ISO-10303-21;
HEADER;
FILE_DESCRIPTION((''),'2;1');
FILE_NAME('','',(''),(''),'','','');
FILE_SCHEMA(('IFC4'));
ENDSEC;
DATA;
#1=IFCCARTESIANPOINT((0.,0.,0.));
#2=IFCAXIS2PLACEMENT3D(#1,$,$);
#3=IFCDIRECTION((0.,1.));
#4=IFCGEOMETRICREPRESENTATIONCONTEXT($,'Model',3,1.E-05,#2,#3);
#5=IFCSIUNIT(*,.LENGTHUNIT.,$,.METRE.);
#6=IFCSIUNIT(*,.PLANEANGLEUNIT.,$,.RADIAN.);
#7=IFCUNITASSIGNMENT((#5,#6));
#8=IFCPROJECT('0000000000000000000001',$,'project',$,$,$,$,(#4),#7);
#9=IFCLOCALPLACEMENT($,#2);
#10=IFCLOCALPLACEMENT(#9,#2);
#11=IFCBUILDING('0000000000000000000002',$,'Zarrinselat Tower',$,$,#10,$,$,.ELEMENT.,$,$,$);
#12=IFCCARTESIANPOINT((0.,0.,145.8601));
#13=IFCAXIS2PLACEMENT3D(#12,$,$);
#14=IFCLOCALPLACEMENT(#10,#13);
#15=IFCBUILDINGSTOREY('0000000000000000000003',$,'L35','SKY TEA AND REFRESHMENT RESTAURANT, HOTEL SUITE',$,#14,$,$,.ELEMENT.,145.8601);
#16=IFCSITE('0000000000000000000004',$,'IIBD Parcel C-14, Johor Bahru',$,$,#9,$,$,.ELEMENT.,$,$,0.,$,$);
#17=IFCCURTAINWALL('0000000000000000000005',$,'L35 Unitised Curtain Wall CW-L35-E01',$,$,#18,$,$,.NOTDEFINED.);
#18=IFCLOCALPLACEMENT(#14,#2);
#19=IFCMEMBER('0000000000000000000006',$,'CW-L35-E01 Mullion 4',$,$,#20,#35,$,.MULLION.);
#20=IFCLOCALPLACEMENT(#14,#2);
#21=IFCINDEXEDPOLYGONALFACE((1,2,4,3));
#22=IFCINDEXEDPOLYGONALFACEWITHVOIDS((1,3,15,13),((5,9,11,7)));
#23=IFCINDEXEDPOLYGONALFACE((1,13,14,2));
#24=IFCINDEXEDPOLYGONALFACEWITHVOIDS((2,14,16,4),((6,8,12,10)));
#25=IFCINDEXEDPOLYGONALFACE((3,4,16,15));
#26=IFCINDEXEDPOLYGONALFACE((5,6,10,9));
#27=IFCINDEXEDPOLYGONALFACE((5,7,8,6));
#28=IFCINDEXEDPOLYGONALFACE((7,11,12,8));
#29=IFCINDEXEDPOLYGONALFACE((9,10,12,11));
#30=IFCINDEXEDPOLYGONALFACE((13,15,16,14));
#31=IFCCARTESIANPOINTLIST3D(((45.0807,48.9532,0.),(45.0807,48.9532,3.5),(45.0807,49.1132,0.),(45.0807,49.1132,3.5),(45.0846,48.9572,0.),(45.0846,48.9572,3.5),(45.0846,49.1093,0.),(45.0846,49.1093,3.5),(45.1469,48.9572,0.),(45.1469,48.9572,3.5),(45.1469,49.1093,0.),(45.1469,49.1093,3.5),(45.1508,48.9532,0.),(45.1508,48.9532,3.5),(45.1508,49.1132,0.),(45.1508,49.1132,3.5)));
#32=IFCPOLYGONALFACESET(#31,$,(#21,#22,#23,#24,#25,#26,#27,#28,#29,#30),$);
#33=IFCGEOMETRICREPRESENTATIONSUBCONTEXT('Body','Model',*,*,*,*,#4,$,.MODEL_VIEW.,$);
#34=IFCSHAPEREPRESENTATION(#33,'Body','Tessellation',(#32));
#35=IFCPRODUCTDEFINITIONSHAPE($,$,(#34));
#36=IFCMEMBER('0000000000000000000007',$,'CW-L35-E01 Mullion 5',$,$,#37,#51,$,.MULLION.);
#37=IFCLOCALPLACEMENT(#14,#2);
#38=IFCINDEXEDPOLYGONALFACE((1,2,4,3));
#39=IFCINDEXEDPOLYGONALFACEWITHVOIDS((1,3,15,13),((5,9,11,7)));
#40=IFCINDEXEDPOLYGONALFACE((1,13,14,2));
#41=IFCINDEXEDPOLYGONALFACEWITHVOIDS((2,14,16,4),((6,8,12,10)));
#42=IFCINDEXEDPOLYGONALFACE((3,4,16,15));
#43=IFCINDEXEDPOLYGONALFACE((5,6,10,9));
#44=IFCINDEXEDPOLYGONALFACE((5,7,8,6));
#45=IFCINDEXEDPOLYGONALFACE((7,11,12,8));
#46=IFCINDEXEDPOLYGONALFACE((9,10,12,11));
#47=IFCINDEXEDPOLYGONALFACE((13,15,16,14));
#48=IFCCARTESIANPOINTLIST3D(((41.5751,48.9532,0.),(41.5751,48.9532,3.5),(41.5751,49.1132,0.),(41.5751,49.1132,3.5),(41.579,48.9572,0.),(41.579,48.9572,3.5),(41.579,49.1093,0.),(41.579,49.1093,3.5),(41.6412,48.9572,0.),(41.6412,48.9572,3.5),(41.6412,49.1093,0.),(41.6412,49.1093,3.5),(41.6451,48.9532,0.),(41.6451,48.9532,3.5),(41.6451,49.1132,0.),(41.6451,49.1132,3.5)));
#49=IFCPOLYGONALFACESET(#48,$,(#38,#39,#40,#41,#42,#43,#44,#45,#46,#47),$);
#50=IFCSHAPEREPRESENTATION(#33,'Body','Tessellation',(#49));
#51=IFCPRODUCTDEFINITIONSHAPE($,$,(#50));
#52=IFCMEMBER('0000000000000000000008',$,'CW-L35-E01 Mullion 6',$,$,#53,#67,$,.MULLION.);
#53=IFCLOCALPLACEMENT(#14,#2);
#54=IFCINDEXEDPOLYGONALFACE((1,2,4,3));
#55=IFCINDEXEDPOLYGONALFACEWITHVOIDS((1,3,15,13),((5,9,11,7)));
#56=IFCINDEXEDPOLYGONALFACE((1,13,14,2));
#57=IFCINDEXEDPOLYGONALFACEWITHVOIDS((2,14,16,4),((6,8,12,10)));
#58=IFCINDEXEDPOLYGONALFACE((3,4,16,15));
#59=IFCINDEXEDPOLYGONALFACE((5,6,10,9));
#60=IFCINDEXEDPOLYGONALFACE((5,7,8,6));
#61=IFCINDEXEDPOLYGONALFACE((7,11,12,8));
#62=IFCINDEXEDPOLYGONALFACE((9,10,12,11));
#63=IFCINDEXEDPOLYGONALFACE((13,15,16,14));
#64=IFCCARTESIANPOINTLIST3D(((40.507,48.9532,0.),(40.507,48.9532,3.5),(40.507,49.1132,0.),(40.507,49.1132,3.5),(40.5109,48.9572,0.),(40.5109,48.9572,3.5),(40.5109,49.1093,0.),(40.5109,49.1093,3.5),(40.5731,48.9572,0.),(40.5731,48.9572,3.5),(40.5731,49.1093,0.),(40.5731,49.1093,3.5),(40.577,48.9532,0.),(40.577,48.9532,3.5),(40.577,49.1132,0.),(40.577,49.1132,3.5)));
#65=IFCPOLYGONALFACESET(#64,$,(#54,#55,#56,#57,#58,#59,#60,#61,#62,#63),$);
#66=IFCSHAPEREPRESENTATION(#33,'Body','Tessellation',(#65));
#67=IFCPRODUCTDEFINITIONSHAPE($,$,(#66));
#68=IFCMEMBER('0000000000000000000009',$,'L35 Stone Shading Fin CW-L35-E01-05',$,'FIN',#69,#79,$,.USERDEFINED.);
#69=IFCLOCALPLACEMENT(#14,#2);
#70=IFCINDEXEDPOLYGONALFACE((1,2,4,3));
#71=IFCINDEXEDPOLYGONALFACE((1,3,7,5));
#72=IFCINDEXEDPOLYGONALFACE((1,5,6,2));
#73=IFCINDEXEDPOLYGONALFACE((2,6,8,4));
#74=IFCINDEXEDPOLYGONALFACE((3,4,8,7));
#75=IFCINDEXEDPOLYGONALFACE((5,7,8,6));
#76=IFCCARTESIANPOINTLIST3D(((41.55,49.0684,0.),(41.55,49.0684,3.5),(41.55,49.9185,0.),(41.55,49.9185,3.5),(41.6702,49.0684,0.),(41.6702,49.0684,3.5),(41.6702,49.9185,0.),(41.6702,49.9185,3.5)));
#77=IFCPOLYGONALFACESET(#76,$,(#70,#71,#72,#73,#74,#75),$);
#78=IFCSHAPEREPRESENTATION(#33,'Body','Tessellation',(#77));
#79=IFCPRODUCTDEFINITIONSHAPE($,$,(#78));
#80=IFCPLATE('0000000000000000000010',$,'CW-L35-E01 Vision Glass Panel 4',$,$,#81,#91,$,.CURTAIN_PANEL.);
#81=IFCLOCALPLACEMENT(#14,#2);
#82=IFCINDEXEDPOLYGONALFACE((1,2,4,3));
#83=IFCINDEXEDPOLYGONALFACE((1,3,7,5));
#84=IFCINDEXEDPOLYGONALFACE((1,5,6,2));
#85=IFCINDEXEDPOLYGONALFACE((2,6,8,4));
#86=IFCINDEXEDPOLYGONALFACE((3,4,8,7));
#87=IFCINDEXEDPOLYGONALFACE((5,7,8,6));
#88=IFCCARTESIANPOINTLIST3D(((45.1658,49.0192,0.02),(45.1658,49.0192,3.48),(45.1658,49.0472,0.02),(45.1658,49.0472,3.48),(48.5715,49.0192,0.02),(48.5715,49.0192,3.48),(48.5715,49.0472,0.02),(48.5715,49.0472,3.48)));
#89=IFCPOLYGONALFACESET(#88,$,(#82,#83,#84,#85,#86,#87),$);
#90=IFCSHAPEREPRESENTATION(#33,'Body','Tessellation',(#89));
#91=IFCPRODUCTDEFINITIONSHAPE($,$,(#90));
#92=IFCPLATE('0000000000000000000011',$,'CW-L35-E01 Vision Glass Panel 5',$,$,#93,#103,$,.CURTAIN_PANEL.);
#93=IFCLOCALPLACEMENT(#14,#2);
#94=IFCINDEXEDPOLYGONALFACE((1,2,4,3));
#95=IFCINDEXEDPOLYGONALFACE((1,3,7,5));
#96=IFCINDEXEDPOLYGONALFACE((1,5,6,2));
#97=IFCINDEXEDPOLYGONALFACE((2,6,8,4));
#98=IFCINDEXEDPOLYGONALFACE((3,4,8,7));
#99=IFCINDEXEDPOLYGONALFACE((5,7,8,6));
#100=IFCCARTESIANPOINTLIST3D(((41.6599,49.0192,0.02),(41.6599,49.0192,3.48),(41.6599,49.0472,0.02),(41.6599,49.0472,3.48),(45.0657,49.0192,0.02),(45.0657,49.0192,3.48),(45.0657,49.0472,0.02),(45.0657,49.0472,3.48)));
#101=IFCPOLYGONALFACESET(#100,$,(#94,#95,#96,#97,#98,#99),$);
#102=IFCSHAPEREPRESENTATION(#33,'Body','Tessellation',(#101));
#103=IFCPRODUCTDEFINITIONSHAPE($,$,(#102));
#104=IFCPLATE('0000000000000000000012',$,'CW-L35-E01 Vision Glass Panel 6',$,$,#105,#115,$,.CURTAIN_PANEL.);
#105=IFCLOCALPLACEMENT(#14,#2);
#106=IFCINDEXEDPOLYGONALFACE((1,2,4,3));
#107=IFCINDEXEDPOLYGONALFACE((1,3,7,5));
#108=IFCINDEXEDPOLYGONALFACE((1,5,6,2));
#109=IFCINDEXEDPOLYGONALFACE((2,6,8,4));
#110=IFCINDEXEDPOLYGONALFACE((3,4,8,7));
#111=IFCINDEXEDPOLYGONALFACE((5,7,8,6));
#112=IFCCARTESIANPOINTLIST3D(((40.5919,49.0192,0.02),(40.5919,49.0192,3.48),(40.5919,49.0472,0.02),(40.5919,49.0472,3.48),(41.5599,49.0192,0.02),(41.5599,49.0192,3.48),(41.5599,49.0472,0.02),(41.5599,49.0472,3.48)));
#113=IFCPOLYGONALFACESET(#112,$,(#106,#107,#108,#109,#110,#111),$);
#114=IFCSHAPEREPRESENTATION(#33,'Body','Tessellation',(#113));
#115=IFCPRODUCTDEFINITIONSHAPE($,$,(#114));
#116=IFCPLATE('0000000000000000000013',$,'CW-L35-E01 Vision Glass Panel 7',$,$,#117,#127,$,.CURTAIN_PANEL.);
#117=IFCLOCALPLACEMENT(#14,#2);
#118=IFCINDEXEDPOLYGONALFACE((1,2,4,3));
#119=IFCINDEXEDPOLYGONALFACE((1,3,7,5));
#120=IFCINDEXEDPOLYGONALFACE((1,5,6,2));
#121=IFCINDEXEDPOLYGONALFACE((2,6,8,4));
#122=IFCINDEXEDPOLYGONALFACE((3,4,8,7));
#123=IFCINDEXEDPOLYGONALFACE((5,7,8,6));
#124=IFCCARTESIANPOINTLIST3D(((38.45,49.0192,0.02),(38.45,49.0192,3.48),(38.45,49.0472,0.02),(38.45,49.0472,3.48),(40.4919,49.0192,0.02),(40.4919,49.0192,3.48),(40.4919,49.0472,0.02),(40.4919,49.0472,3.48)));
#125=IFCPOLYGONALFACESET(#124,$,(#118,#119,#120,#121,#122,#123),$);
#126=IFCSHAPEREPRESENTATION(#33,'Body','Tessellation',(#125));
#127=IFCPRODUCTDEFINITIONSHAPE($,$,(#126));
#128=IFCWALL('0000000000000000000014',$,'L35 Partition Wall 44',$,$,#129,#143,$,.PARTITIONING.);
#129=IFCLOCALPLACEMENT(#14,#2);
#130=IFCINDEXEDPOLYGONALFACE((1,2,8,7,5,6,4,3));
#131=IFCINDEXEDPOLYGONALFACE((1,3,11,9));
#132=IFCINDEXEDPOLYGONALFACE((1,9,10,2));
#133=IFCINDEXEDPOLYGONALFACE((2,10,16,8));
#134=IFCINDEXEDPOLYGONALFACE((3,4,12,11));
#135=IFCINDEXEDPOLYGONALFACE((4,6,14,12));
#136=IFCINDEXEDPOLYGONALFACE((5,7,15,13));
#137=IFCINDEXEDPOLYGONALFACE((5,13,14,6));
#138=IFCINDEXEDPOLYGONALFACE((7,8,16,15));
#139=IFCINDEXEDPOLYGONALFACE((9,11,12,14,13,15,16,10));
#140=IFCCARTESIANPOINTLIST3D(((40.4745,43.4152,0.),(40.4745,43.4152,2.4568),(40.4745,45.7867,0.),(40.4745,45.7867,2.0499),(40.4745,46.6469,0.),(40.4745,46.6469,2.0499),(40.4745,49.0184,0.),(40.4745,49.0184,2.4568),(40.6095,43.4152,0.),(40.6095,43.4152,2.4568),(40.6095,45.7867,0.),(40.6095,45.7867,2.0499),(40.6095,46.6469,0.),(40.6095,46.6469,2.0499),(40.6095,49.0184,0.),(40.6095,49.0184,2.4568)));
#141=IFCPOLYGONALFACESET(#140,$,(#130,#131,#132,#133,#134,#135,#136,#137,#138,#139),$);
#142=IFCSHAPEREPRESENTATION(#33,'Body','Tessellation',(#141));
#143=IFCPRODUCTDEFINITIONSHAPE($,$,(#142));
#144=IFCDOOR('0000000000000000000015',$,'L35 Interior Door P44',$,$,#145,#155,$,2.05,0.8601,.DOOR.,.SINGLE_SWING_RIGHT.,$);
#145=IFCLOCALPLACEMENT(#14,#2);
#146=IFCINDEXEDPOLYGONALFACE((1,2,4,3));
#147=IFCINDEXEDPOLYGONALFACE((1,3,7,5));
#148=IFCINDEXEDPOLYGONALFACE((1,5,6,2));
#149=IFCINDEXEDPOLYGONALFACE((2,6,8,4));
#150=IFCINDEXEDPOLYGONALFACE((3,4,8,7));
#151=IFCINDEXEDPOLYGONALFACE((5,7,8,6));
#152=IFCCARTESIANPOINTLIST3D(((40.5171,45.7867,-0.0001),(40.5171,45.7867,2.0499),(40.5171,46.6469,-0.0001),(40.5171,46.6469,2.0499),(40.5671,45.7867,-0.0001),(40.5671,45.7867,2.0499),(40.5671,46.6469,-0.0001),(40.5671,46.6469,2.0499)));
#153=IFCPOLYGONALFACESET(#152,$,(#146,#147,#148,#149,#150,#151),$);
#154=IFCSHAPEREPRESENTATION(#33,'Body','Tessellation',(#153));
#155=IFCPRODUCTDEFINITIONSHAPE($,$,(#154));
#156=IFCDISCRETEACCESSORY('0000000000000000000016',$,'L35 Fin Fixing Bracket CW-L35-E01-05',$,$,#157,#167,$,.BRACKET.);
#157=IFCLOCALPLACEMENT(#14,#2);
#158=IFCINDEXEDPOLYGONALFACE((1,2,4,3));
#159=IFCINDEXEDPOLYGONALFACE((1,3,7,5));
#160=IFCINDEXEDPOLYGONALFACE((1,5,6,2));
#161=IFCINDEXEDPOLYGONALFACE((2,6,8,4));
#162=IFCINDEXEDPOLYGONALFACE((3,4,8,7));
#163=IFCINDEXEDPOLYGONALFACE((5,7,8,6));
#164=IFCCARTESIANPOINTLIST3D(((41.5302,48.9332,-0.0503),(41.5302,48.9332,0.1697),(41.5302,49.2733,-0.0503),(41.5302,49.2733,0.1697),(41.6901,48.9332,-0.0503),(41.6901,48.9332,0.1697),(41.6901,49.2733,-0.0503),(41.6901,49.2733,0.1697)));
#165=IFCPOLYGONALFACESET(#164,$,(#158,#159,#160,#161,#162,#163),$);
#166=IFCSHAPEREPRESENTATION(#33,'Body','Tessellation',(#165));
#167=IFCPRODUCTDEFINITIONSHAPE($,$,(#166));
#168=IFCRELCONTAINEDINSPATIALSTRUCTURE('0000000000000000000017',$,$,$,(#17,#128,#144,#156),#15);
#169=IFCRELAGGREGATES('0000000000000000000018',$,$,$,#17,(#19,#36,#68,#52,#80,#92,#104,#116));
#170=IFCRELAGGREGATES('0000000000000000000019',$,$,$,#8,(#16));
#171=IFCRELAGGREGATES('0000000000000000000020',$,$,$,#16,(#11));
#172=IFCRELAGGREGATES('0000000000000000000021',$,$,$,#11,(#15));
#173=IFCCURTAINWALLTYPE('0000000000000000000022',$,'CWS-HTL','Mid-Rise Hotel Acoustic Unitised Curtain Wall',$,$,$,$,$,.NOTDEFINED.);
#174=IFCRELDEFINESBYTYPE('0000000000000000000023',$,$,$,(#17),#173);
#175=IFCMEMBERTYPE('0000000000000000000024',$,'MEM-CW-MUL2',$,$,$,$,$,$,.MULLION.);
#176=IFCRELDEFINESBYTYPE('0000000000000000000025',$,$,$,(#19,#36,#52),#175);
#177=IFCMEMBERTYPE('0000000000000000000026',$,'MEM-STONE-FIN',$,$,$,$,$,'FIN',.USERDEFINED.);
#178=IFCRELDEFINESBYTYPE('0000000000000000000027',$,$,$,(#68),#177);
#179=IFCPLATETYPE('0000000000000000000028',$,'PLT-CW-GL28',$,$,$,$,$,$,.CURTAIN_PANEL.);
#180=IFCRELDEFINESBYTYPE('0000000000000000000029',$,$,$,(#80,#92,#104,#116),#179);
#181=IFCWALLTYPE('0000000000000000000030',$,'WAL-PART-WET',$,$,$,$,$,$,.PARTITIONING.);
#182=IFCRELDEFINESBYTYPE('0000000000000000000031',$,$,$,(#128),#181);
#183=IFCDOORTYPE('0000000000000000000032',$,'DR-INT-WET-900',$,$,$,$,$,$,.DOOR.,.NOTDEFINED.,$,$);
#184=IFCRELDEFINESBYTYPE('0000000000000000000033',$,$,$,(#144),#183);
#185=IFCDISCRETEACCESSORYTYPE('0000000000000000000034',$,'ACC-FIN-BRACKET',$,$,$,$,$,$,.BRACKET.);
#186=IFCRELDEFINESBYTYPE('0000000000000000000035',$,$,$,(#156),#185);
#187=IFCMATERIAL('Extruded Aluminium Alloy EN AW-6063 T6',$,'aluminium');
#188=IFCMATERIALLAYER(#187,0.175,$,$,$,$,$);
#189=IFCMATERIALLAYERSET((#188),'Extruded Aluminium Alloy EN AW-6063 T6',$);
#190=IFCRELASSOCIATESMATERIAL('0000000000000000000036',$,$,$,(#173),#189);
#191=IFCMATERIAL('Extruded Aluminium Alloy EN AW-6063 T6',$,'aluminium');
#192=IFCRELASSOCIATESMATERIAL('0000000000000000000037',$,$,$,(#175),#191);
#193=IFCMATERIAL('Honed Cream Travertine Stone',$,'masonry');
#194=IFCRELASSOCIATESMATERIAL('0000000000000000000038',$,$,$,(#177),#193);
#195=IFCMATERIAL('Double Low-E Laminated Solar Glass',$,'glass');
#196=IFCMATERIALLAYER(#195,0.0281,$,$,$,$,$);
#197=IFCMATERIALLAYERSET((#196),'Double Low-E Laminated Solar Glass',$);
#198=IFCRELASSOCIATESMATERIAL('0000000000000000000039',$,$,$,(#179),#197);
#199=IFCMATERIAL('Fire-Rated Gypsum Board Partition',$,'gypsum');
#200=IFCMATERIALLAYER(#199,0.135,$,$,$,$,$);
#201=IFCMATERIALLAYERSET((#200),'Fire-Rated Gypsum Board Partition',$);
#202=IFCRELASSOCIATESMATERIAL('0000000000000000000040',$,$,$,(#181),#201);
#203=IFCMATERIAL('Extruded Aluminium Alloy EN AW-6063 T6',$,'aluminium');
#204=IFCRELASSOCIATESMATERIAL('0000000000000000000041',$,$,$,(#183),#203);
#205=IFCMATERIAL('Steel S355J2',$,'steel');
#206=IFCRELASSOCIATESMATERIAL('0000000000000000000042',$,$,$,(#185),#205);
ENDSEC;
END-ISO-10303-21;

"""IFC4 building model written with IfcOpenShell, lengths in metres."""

from ifc_helpers import new_model, si_unit, direction, frame, frame_2d, origin, origin_2d, place, context, subcontext, project, spatial, rectangle, hollow_rectangle, extrude, material, layer, layer_set, material_profile, profile_set, type_object, element, fill, aggregate, save


model = new_model("IFC4")

# Units and contexts
model_context = context("Model", 3, precision=1e-05, world=origin(), true_north=direction((0.0, 1.0)))
body_context = subcontext(model_context, "Body", "Model", "MODEL_VIEW")
ifc_project = project(units=[si_unit("LENGTHUNIT", "METRE"), si_unit("PLANEANGLEUNIT", "RADIAN")], contexts=[model_context])

# Site, building, storey
site_placement = place(None, origin())
site = spatial("IfcSite", under=ifc_project, at=site_placement, Name="IIBD Parcel C-14, Johor Bahru", CompositionType="ELEMENT", RefElevation=0.0)
building_placement = place(site_placement, origin())
building = spatial("IfcBuilding", under=site, at=building_placement, Name="Zarrinselat Tower", CompositionType="ELEMENT")
storey_placement = place(building_placement, frame((0.0, 0.0, 145.8601)))
storey = spatial("IfcBuildingStorey", under=building, at=storey_placement, Name="L35", Description="SKY TEA AND REFRESHMENT RESTAURANT, HOTEL SUITE", CompositionType="ELEMENT", Elevation=145.8601)

# Curtain wall, members, plates
ifc_material_1 = material(Name="Extruded Aluminium Alloy EN AW-6063 T6", Category="aluminium")
ifc_layer_1 = layer(ifc_material_1, 0.175)
ifc_layer_set_1 = layer_set([ifc_layer_1], Name="Extruded Aluminium Alloy EN AW-6063 T6")
curtain_wall_type = type_object("IfcCurtainWallType", Name="CWS-HTL", Description="Mid-Rise Hotel Acoustic Unitised Curtain Wall", PredefinedType="NOTDEFINED", material=ifc_layer_set_1)
curtain_wall_placement = place(storey_placement, origin())
curtain_wall = element("IfcCurtainWall", 1, at=curtain_wall_placement, inside=storey, type_object=curtain_wall_type, Name="L35 Unitised Curtain Wall CW-L35-E01", PredefinedType="NOTDEFINED")
ifc_material_2 = material(Name="Extruded Aluminium Alloy EN AW-6063 T6", Category="aluminium")
ifc_material_profile_1 = material_profile(ifc_material_2, hollow_rectangle(XDim=0.0701, YDim=0.1599, WallThickness=0.0039, at=origin_2d()), Name="RHS 160x70x4")
ifc_profile_set_1 = profile_set([ifc_material_profile_1], Name="Extruded Aluminium Alloy EN AW-6063 T6")
member_type_1 = type_object("IfcMemberType", Name="MEM-CW-MUL2", PredefinedType="MULLION", material=ifc_profile_set_1)
member_1_placement = place(storey_placement, frame((45.1157, 49.0332, 0.0), z_axis=(0.0, 0.0, 1.0), x_axis=(-1.0, 0.0, 0.0)))
member_1 = element("IfcMember", 2, at=member_1_placement, type_object=member_type_1, Name="CW-L35-E01 Mullion 4", PredefinedType="MULLION", context=body_context, shape_type="SweptSolid", body=[
    extrude(hollow_rectangle(XDim=0.0701, YDim=0.1599, WallThickness=0.0039, at=origin_2d()), origin(), (0.0, 0.0, 1.0), 3.5),
])
member_2_placement = place(storey_placement, frame((41.6101, 49.0332, 0.0), z_axis=(0.0, 0.0, 1.0), x_axis=(-1.0, 0.0, 0.0)))
member_2 = element("IfcMember", 3, at=member_2_placement, type_object=member_type_1, Name="CW-L35-E01 Mullion 5", PredefinedType="MULLION", context=body_context, shape_type="SweptSolid", body=[
    extrude(hollow_rectangle(XDim=0.0701, YDim=0.1599, WallThickness=0.0039, at=origin_2d()), origin(), (0.0, 0.0, 1.0), 3.5),
])
member_3_placement = place(storey_placement, frame((40.542, 49.0332, 0.0), z_axis=(0.0, 0.0, 1.0), x_axis=(-1.0, 0.0, 0.0)))
member_3 = element("IfcMember", 4, at=member_3_placement, type_object=member_type_1, Name="CW-L35-E01 Mullion 6", PredefinedType="MULLION", context=body_context, shape_type="SweptSolid", body=[
    extrude(hollow_rectangle(XDim=0.0701, YDim=0.1599, WallThickness=0.0039, at=origin_2d()), origin(), (0.0, 0.0, 1.0), 3.5),
])
ifc_material_3 = material(Name="Honed Cream Travertine Stone", Category="masonry")
ifc_material_profile_2 = material_profile(ifc_material_3, rectangle(XDim=0.1201, YDim=0.8501, at=origin_2d()), Name="FIN 850x120")
ifc_profile_set_2 = profile_set([ifc_material_profile_2], Name="Honed Cream Travertine Stone")
member_type_2 = type_object("IfcMemberType", Name="MEM-STONE-FIN", ElementType="FIN", PredefinedType="USERDEFINED", material=ifc_profile_set_2)
member_4_placement = place(storey_placement, frame((41.6101, 49.4934, 0.0), z_axis=(0.0, 0.0, 1.0), x_axis=(1.0, 0.0, 0.0)))
member_4 = element("IfcMember", 5, at=member_4_placement, type_object=member_type_2, Name="L35 Stone Shading Fin CW-L35-E01-05", ObjectType="FIN", PredefinedType="USERDEFINED", context=body_context, shape_type="SweptSolid", body=[
    extrude(rectangle(XDim=0.1201, YDim=0.8501, at=origin_2d()), origin(), (0.0, 0.0, 1.0), 3.5),
])
ifc_material_4 = material(Name="Double Low-E Laminated Solar Glass", Category="glass")
ifc_layer_2 = layer(ifc_material_4, 0.0281)
ifc_layer_set_2 = layer_set([ifc_layer_2], Name="Double Low-E Laminated Solar Glass")
plate_type = type_object("IfcPlateType", Name="PLT-CW-GL28", PredefinedType="CURTAIN_PANEL", material=ifc_layer_set_2)
plate_1_placement = place(storey_placement, frame((46.8687, 49.0332, 0.02), z_axis=(0.0, 0.0, 1.0), x_axis=(-1.0, 0.0, 0.0)))
plate_1 = element("IfcPlate", 6, at=plate_1_placement, type_object=plate_type, Name="CW-L35-E01 Vision Glass Panel 4", PredefinedType="CURTAIN_PANEL", context=body_context, shape_type="SweptSolid", body=[
    extrude(rectangle(XDim=3.4058, YDim=0.0281, at=origin_2d()), origin(), (0.0, 0.0, 1.0), 3.46),
])
plate_2_placement = place(storey_placement, frame((43.3628, 49.0332, 0.02), z_axis=(0.0, 0.0, 1.0), x_axis=(-1.0, 0.0, 0.0)))
plate_2 = element("IfcPlate", 7, at=plate_2_placement, type_object=plate_type, Name="CW-L35-E01 Vision Glass Panel 5", PredefinedType="CURTAIN_PANEL", context=body_context, shape_type="SweptSolid", body=[
    extrude(rectangle(XDim=3.4058, YDim=0.0281, at=origin_2d()), origin(), (0.0, 0.0, 1.0), 3.46),
])
plate_3_placement = place(storey_placement, frame((41.0759, 49.0332, 0.02), z_axis=(0.0, 0.0, 1.0), x_axis=(-1.0, 0.0, 0.0)))
plate_3 = element("IfcPlate", 8, at=plate_3_placement, type_object=plate_type, Name="CW-L35-E01 Vision Glass Panel 6", PredefinedType="CURTAIN_PANEL", context=body_context, shape_type="SweptSolid", body=[
    extrude(rectangle(XDim=0.968, YDim=0.0281, at=origin_2d()), origin(), (0.0, 0.0, 1.0), 3.46),
])
plate_4_placement = place(storey_placement, frame((39.4709, 49.0332, 0.02), z_axis=(0.0, 0.0, 1.0), x_axis=(-1.0, 0.0, 0.0)))
plate_4 = element("IfcPlate", 9, at=plate_4_placement, type_object=plate_type, Name="CW-L35-E01 Vision Glass Panel 7", PredefinedType="CURTAIN_PANEL", context=body_context, shape_type="SweptSolid", body=[
    extrude(rectangle(XDim=2.042, YDim=0.0281, at=origin_2d()), origin(), (0.0, 0.0, 1.0), 3.46),
])
aggregate(curtain_wall, [member_1, member_2, member_4, member_3, plate_1, plate_2, plate_3, plate_4])

# Wall, opening, door
ifc_material_5 = material(Name="Fire-Rated Gypsum Board Partition", Category="gypsum")
ifc_layer_3 = layer(ifc_material_5, 0.135)
ifc_layer_set_3 = layer_set([ifc_layer_3], Name="Fire-Rated Gypsum Board Partition")
wall_type = type_object("IfcWallType", Name="WAL-PART-WET", PredefinedType="PARTITIONING", material=ifc_layer_set_3)
wall_placement = place(storey_placement, frame((40.542, 43.415, 0.0), z_axis=(0.0, 0.0, 1.0), x_axis=(0.0, 1.0, 0.0)))
wall = element("IfcWall", 10, at=wall_placement, inside=storey, type_object=wall_type, Name="L35 Partition Wall 44", PredefinedType="PARTITIONING", context=body_context, shape_type="SweptSolid", body=[
    extrude(rectangle(XDim=5.6033, YDim=0.135, at=frame_2d((2.8018, 0.0))), origin(), (0.0, 0.0, 1.0), 2.4568),
])
opening_placement = place(wall_placement, frame((2.3716, 0.0, 0.0)))
opening = element("IfcOpeningElement", 11, at=opening_placement, cuts=wall, PredefinedType="OPENING", context=body_context, shape_type="SweptSolid", body=[
    extrude(rectangle(XDim=0.8601, YDim=2.05, at=frame_2d((0.4302, 1.0249))), frame((0.0, 0.0774, 0.0), z_axis=(0.0, -1.0, 0.0), x_axis=(1.0, 0.0, 0.0)), (0.0, 0.0, 1.0), 0.155),
])
ifc_material_6 = material(Name="Extruded Aluminium Alloy EN AW-6063 T6", Category="aluminium")
door_type = type_object("IfcDoorType", Name="DR-INT-WET-900", OperationType="NOTDEFINED", PredefinedType="DOOR", material=ifc_material_6)
door_placement = place(opening_placement, origin())
door = element("IfcDoor", 12, at=door_placement, inside=storey, type_object=door_type, Name="L35 Interior Door P44", OperationType="SINGLE_SWING_RIGHT", OverallHeight=2.05, OverallWidth=0.8601, PredefinedType="DOOR", context=body_context, shape_type="SweptSolid", body=[
    extrude(rectangle(XDim=0.8601, YDim=2.05, at=frame_2d((0.4302, 1.0249))), frame((0.0, 0.0249, 0.0), z_axis=(0.0, -1.0, 0.0), x_axis=(1.0, 0.0, 0.0)), (0.0, 0.0, 1.0), 0.05),
])
fill(opening, door)

# Discrete accessory
ifc_material_7 = material(Name="Steel S355J2", Category="steel")
discrete_accessory_type = type_object("IfcDiscreteAccessoryType", Name="ACC-FIN-BRACKET", PredefinedType="BRACKET", material=ifc_material_7)
discrete_accessory_placement = place(storey_placement, frame((41.6101, 49.1033, -0.0503), z_axis=(0.0, 0.0, 1.0), x_axis=(0.0, 1.0, 0.0)))
element("IfcDiscreteAccessory", 13, at=discrete_accessory_placement, inside=storey, type_object=discrete_accessory_type, Name="L35 Fin Fixing Bracket CW-L35-E01-05", PredefinedType="BRACKET", context=body_context, shape_type="SweptSolid", body=[
    extrude(rectangle(XDim=0.3401, YDim=0.1599, at=origin_2d()), origin(), (0.0, 0.0, 1.0), 0.22),
])

save(model, "model.ifc")
